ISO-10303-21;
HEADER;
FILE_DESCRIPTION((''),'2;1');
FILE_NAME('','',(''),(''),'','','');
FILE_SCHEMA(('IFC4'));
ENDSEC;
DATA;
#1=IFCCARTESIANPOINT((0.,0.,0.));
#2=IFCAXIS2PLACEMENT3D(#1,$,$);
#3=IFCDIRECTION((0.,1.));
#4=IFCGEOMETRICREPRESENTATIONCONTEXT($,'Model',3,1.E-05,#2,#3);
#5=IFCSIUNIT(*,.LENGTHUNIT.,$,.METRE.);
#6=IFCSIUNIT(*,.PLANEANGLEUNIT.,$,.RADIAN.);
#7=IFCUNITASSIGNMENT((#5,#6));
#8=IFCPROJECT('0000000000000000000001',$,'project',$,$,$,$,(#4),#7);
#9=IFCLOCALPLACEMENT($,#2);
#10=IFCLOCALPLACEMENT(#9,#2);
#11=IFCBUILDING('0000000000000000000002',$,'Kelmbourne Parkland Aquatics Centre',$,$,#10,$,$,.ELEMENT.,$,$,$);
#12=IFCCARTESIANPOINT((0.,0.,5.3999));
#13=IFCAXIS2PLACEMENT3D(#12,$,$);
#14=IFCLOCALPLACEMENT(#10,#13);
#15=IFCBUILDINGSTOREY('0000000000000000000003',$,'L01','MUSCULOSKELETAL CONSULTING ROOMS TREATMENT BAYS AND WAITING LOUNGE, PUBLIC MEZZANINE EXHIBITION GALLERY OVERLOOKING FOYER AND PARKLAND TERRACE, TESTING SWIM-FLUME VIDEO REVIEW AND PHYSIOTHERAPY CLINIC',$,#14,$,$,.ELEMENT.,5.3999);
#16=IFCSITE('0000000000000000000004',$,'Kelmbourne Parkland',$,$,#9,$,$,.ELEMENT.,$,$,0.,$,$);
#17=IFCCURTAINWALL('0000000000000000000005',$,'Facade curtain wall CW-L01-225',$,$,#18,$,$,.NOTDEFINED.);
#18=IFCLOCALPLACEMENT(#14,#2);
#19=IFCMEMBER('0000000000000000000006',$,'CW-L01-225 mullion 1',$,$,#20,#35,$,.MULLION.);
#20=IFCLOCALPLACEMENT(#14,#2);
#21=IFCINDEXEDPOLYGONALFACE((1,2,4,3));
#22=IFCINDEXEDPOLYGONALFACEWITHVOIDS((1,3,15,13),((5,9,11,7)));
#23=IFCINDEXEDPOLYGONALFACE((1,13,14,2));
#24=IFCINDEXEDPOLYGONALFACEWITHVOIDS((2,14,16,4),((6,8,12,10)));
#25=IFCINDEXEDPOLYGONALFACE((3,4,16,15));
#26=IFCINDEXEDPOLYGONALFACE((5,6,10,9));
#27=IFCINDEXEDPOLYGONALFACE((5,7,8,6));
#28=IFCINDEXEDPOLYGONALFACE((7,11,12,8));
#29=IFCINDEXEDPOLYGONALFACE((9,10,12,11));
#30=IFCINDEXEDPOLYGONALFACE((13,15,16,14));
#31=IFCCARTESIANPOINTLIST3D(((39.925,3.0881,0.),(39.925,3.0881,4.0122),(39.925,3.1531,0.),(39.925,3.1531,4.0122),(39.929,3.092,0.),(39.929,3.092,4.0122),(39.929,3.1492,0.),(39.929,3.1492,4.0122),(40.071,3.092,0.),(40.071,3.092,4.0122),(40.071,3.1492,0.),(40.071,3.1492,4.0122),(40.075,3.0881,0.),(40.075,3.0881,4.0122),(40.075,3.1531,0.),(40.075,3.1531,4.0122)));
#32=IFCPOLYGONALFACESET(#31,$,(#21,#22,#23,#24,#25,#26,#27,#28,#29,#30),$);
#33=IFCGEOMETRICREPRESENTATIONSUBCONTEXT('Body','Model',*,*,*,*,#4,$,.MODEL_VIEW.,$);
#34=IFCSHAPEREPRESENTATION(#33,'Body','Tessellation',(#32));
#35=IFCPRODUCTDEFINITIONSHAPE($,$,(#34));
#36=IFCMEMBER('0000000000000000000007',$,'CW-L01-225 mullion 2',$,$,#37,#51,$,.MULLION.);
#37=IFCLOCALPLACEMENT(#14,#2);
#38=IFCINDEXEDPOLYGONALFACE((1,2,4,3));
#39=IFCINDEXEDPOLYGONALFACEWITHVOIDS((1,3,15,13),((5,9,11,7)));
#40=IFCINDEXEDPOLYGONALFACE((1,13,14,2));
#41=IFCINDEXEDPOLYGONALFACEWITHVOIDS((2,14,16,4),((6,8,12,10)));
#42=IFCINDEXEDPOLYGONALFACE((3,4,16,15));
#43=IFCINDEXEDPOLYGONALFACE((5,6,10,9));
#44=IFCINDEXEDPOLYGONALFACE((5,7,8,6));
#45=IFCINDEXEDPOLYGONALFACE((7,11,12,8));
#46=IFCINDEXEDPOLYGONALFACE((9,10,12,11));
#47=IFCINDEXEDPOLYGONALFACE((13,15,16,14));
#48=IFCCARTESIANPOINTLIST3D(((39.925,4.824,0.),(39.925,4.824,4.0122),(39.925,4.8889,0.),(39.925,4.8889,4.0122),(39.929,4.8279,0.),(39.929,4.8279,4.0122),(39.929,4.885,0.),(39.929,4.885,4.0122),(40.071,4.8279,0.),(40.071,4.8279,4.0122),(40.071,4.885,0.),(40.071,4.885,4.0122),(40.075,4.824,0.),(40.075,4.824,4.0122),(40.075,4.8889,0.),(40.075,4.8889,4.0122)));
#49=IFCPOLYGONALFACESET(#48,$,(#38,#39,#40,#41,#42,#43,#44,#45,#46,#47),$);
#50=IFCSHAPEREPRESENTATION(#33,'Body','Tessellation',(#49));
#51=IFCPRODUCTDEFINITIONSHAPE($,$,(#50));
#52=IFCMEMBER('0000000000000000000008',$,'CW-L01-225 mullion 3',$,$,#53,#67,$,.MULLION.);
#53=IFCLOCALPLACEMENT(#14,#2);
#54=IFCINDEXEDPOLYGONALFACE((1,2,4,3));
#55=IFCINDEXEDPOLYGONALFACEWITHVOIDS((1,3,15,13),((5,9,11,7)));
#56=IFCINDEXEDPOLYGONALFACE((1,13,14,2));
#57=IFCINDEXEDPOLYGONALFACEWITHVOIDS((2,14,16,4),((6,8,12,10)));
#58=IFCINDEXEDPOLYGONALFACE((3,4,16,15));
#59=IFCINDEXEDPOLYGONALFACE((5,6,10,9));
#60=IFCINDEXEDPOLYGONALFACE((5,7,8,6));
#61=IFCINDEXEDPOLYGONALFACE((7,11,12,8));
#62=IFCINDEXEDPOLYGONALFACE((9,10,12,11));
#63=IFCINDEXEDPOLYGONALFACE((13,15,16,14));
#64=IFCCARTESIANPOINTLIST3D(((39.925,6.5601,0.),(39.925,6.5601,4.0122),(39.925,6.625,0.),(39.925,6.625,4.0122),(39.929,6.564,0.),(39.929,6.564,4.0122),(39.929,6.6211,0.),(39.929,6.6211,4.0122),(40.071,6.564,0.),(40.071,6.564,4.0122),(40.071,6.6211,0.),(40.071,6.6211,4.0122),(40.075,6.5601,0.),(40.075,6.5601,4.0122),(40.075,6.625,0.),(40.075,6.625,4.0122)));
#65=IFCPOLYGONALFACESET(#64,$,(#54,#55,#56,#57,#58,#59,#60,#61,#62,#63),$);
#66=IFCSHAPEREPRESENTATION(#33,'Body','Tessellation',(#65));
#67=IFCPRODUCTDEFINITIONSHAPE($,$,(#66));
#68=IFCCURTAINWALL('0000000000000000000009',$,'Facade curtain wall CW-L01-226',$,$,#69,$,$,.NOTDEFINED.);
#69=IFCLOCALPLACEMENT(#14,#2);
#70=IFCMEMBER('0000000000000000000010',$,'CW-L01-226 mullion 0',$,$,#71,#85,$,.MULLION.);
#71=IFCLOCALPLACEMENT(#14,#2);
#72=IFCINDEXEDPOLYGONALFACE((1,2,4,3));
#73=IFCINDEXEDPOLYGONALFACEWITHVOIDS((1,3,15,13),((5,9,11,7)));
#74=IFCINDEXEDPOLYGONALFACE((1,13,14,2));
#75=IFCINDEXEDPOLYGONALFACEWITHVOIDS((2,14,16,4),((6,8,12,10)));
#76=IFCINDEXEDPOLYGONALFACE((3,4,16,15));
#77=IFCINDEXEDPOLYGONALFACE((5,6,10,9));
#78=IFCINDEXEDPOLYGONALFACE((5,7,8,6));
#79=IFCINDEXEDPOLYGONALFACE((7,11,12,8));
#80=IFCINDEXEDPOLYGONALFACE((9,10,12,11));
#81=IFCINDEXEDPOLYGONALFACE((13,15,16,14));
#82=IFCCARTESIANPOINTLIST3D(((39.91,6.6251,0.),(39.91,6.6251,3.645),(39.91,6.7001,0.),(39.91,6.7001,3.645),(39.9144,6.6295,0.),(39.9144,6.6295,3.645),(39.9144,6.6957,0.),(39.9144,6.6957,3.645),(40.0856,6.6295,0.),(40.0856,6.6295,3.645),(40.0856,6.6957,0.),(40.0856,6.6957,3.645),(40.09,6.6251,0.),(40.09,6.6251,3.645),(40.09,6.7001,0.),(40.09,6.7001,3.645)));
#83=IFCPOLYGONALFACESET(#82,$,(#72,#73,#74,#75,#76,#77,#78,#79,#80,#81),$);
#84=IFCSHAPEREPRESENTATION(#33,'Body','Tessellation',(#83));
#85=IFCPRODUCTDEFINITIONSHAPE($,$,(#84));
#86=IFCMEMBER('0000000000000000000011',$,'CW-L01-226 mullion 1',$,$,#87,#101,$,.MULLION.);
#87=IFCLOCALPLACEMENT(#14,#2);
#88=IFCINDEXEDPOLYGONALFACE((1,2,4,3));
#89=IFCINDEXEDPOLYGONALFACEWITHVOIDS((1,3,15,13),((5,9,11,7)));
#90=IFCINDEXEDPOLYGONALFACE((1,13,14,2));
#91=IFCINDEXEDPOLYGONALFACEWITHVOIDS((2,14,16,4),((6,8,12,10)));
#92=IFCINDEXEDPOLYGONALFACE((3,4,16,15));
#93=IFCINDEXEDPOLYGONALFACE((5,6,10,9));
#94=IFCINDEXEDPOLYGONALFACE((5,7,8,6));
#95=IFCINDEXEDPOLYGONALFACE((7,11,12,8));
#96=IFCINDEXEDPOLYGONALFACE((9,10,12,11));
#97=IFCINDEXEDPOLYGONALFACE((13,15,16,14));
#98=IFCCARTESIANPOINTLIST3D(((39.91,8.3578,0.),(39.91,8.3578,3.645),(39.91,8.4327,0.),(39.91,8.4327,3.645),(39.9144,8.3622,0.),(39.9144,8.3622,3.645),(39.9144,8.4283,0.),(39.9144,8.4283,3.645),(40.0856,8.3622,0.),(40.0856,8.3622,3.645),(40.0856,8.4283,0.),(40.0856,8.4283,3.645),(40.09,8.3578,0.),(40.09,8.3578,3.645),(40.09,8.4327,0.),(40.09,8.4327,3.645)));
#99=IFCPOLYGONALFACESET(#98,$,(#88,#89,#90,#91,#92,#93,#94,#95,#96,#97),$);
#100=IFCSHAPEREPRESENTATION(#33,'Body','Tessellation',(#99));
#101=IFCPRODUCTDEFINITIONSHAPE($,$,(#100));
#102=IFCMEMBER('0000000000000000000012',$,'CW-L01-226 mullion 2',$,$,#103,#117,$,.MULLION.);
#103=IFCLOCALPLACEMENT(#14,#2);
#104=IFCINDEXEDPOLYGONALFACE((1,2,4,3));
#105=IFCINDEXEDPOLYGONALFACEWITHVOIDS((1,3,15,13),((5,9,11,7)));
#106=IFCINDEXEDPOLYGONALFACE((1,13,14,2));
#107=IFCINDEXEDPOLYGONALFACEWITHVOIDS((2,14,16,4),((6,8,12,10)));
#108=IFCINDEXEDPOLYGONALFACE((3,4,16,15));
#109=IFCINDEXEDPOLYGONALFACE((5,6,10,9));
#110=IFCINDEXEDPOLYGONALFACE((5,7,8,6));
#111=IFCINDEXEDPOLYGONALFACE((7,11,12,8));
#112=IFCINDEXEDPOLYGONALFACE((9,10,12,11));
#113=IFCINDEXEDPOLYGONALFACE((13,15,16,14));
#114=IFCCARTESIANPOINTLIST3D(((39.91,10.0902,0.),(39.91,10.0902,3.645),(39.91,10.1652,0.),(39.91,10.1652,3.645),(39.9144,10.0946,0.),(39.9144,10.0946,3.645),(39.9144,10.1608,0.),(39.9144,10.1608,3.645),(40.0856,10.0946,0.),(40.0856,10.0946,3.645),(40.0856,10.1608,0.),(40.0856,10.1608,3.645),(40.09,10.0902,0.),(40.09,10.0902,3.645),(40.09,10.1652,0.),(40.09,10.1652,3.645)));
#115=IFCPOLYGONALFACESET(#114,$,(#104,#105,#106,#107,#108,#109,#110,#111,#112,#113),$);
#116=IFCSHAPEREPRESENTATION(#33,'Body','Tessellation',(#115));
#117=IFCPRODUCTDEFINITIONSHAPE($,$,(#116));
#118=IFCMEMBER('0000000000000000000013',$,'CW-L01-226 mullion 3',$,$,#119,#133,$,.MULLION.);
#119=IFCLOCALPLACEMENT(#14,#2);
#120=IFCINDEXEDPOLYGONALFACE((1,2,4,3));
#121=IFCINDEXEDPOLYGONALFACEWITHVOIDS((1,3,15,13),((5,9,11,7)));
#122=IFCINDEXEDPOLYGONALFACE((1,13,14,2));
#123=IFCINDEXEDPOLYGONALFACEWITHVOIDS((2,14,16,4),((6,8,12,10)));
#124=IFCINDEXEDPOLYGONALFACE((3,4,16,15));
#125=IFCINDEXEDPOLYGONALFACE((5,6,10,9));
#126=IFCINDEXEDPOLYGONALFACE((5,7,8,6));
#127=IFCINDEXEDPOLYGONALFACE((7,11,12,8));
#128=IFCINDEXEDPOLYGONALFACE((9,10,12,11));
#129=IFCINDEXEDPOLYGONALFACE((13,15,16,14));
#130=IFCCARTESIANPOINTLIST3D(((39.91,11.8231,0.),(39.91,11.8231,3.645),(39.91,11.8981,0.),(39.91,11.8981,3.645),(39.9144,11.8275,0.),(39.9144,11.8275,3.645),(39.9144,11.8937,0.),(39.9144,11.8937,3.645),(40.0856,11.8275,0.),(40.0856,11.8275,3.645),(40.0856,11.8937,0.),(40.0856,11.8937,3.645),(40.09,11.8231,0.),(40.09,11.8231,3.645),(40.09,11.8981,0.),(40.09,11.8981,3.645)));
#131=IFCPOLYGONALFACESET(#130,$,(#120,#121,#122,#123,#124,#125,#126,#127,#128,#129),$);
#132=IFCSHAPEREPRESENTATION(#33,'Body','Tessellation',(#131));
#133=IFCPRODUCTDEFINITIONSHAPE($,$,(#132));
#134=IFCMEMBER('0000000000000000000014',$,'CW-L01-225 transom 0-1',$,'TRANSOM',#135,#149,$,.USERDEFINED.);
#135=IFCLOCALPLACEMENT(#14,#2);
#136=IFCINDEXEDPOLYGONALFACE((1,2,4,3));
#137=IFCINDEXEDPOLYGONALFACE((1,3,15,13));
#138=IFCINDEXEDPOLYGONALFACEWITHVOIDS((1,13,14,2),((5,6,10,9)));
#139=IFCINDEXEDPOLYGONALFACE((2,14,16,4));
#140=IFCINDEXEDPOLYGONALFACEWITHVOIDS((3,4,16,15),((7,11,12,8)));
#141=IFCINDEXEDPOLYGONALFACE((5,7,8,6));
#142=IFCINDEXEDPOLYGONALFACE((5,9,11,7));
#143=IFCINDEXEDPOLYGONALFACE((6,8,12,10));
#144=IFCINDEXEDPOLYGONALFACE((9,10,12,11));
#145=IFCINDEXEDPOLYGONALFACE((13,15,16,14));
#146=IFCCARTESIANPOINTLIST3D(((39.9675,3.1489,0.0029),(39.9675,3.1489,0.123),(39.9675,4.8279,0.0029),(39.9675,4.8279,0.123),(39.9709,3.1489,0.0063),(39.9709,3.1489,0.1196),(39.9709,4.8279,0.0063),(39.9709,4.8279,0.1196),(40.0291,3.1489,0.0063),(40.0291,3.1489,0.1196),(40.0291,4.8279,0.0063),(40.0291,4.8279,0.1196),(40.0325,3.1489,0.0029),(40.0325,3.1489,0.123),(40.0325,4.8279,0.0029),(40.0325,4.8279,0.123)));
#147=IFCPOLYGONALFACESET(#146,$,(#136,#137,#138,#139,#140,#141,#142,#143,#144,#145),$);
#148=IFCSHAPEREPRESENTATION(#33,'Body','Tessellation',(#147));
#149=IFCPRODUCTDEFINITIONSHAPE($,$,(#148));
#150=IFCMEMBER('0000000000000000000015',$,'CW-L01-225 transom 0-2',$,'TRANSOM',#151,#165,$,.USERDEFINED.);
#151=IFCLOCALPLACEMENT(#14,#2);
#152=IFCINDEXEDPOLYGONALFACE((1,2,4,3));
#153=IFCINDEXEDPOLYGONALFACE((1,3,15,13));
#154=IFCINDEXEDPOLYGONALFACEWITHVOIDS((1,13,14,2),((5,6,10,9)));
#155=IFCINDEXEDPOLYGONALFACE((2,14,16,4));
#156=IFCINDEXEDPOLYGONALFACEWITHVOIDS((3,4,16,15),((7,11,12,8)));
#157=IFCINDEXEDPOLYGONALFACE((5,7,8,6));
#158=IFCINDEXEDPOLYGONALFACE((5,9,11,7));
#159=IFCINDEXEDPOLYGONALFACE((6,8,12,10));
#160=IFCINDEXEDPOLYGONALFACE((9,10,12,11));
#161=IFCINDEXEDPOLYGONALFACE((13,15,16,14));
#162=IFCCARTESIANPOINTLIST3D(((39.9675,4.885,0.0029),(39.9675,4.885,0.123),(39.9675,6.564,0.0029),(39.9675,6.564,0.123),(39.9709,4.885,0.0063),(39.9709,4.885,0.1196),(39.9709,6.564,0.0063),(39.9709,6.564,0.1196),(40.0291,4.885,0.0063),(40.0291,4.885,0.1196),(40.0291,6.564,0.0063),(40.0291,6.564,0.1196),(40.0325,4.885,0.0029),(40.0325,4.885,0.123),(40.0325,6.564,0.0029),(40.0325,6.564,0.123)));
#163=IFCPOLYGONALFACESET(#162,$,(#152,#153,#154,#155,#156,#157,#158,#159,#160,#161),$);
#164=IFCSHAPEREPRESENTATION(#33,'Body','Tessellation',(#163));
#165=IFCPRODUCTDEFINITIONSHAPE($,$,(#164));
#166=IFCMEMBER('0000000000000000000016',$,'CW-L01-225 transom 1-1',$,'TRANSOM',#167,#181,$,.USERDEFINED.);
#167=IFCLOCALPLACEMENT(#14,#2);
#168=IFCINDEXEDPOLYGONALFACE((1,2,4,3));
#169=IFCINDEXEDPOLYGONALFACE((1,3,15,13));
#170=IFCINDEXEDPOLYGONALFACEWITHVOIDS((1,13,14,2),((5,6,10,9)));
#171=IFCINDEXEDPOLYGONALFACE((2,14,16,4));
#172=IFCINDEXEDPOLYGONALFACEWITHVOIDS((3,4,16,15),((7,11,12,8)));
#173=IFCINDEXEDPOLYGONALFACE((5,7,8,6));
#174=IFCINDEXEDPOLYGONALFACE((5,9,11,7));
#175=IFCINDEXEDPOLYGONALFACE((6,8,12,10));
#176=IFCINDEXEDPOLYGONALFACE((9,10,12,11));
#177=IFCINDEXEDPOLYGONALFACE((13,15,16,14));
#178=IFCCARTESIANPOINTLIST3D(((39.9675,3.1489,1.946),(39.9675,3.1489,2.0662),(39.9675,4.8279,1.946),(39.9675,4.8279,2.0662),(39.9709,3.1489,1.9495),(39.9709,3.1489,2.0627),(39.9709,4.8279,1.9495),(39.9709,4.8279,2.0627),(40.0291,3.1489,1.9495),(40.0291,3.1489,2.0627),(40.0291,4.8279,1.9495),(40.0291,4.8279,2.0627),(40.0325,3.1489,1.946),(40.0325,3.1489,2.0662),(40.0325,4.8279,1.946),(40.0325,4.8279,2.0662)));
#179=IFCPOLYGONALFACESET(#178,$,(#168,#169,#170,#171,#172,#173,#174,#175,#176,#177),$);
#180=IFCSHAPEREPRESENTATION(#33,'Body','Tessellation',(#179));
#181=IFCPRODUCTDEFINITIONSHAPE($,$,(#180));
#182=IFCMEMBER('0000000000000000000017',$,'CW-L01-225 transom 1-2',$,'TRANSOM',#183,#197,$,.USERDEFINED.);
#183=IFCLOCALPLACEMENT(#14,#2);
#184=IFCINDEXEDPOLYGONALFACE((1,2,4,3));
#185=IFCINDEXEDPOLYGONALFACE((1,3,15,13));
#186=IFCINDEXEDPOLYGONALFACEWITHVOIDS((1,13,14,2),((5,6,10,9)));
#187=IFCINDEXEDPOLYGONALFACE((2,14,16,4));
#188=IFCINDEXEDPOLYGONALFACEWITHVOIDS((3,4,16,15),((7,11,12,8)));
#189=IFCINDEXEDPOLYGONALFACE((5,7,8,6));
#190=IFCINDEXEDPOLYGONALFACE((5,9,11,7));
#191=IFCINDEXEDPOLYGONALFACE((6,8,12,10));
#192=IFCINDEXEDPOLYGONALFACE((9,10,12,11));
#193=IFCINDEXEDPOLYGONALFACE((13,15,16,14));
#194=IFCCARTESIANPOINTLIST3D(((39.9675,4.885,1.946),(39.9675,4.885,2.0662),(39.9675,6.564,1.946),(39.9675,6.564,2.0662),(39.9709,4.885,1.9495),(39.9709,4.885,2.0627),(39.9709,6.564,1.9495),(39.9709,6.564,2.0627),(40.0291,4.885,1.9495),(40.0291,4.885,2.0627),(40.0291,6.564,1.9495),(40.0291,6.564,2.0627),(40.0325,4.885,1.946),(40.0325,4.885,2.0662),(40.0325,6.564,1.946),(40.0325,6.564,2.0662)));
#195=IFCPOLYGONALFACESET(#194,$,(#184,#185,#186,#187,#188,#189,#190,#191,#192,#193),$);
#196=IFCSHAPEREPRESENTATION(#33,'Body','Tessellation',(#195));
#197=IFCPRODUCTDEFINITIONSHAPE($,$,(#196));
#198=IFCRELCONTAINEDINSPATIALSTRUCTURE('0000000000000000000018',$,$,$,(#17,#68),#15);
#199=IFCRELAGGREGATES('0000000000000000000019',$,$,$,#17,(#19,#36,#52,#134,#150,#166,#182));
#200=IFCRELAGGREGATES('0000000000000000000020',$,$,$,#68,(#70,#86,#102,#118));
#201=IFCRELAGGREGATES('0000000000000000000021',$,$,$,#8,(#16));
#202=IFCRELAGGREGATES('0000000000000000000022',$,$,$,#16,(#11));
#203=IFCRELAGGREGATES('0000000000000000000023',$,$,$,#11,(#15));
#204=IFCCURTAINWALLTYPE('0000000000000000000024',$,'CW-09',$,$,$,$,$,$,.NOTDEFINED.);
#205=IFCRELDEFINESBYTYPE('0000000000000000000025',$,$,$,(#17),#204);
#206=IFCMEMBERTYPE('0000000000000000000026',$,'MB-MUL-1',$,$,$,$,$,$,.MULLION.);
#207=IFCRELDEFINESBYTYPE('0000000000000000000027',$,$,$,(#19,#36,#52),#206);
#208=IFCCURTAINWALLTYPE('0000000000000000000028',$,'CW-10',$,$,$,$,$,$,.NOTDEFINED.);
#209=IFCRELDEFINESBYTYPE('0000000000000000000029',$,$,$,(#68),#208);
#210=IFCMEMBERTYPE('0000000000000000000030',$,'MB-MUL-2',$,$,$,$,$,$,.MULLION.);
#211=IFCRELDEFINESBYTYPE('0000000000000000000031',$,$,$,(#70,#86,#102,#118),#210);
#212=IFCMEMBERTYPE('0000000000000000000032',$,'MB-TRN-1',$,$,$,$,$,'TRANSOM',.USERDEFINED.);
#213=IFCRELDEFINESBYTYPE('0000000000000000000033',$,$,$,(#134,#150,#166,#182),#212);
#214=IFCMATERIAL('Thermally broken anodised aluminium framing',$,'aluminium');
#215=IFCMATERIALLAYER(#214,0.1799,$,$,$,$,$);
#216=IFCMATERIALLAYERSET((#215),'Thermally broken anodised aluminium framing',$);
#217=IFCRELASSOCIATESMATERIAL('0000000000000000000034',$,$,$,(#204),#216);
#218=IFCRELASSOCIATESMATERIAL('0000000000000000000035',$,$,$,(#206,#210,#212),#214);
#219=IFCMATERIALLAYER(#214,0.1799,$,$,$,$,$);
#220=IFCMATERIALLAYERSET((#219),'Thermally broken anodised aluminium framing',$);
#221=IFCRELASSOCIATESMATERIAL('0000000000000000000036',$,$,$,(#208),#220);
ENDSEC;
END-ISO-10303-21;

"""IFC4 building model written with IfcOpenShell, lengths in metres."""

from ifc_helpers import new_model, si_unit, direction, frame, origin, origin_2d, place, context, subcontext, project, spatial, hollow_rectangle, extrude, material, layer, layer_set, material_profile, profile_set, type_object, element, aggregate, save


model = new_model("IFC4")

# Units and contexts
model_context = context("Model", 3, precision=1e-05, world=origin(), true_north=direction((0.0, 1.0)))
body_context = subcontext(model_context, "Body", "Model", "MODEL_VIEW")
ifc_project = project(units=[si_unit("LENGTHUNIT", "METRE"), si_unit("PLANEANGLEUNIT", "RADIAN")], contexts=[model_context])

# Site, building, storey
site_placement = place(None, origin())
site = spatial("IfcSite", under=ifc_project, at=site_placement, Name="Kelmbourne Parkland", CompositionType="ELEMENT", RefElevation=0.0)
building_placement = place(site_placement, origin())
building = spatial("IfcBuilding", under=site, at=building_placement, Name="Kelmbourne Parkland Aquatics Centre", CompositionType="ELEMENT")
storey_placement = place(building_placement, frame((0.0, 0.0, 5.3999)))
storey = spatial("IfcBuildingStorey", under=building, at=storey_placement, Name="L01", Description="MUSCULOSKELETAL CONSULTING ROOMS TREATMENT BAYS AND WAITING LOUNGE, PUBLIC MEZZANINE EXHIBITION GALLERY OVERLOOKING FOYER AND PARKLAND TERRACE, TESTING SWIM-FLUME VIDEO REVIEW AND PHYSIOTHERAPY CLINIC", CompositionType="ELEMENT", Elevation=5.3999)

# Curtain walls, members
ifc_material_1 = material(Name="Thermally broken anodised aluminium framing", Category="aluminium")
ifc_layer_1 = layer(ifc_material_1, 0.1799)
ifc_layer_set_1 = layer_set([ifc_layer_1], Name="Thermally broken anodised aluminium framing")
curtain_wall_type_1 = type_object("IfcCurtainWallType", Name="CW-09", PredefinedType="NOTDEFINED", material=ifc_layer_set_1)
curtain_wall_1_placement = place(storey_placement, origin())
curtain_wall_1 = element("IfcCurtainWall", 1, at=curtain_wall_1_placement, inside=storey, type_object=curtain_wall_type_1, Name="Facade curtain wall CW-L01-225", PredefinedType="NOTDEFINED")
ifc_material_profile_1 = material_profile(ifc_material_1, hollow_rectangle(XDim=0.0649, YDim=0.1499, WallThickness=0.0039, at=origin_2d()), Name="CW-M 65x150")
ifc_profile_set_1 = profile_set([ifc_material_profile_1], Name="Thermally broken anodised aluminium framing")
member_type_1 = type_object("IfcMemberType", Name="MB-MUL-1", PredefinedType="MULLION", material=ifc_profile_set_1)
member_1_placement = place(storey_placement, frame((40.0, 3.1206, 0.0), z_axis=(0.0, 0.0, 1.0), x_axis=(0.0, 1.0, 0.0)))
member_1 = element("IfcMember", 2, at=member_1_placement, type_object=member_type_1, Name="CW-L01-225 mullion 1", PredefinedType="MULLION", context=body_context, shape_type="SweptSolid", body=[
    extrude(hollow_rectangle(XDim=0.0649, YDim=0.1499, WallThickness=0.0039, at=origin_2d()), origin(), (0.0, 0.0, 1.0), 4.0122),
])
member_2_placement = place(storey_placement, frame((40.0, 4.8564, 0.0), z_axis=(0.0, 0.0, 1.0), x_axis=(0.0, 1.0, 0.0)))
member_2 = element("IfcMember", 3, at=member_2_placement, type_object=member_type_1, Name="CW-L01-225 mullion 2", PredefinedType="MULLION", context=body_context, shape_type="SweptSolid", body=[
    extrude(hollow_rectangle(XDim=0.0649, YDim=0.1499, WallThickness=0.0039, at=origin_2d()), origin(), (0.0, 0.0, 1.0), 4.0122),
])
member_3_placement = place(storey_placement, frame((40.0, 6.5925, 0.0), z_axis=(0.0, 0.0, 1.0), x_axis=(0.0, 1.0, 0.0)))
member_3 = element("IfcMember", 4, at=member_3_placement, type_object=member_type_1, Name="CW-L01-225 mullion 3", PredefinedType="MULLION", context=body_context, shape_type="SweptSolid", body=[
    extrude(hollow_rectangle(XDim=0.0649, YDim=0.1499, WallThickness=0.0039, at=origin_2d()), origin(), (0.0, 0.0, 1.0), 4.0122),
])
ifc_layer_2 = layer(ifc_material_1, 0.1799)
ifc_layer_set_2 = layer_set([ifc_layer_2], Name="Thermally broken anodised aluminium framing")
curtain_wall_type_2 = type_object("IfcCurtainWallType", Name="CW-10", PredefinedType="NOTDEFINED", material=ifc_layer_set_2)
curtain_wall_2_placement = place(storey_placement, origin())
curtain_wall_2 = element("IfcCurtainWall", 5, at=curtain_wall_2_placement, inside=storey, type_object=curtain_wall_type_2, Name="Facade curtain wall CW-L01-226", PredefinedType="NOTDEFINED")
ifc_material_profile_2 = material_profile(ifc_material_1, hollow_rectangle(XDim=0.075, YDim=0.1799, WallThickness=0.0044, at=origin_2d()), Name="CW-M 75x180")
ifc_profile_set_2 = profile_set([ifc_material_profile_2], Name="Thermally broken anodised aluminium framing")
member_type_2 = type_object("IfcMemberType", Name="MB-MUL-2", PredefinedType="MULLION", material=ifc_profile_set_2)
member_4_placement = place(storey_placement, frame((40.0, 6.6626, 0.0), z_axis=(0.0, 0.0, 1.0), x_axis=(0.0, 1.0, 0.0)))
member_4 = element("IfcMember", 6, at=member_4_placement, type_object=member_type_2, Name="CW-L01-226 mullion 0", PredefinedType="MULLION", context=body_context, shape_type="SweptSolid", body=[
    extrude(hollow_rectangle(XDim=0.075, YDim=0.1799, WallThickness=0.0044, at=origin_2d()), origin(), (0.0, 0.0, 1.0), 3.645),
])
member_5_placement = place(storey_placement, frame((40.0, 8.3953, 0.0), z_axis=(0.0, 0.0, 1.0), x_axis=(0.0, 1.0, 0.0)))
member_5 = element("IfcMember", 7, at=member_5_placement, type_object=member_type_2, Name="CW-L01-226 mullion 1", PredefinedType="MULLION", context=body_context, shape_type="SweptSolid", body=[
    extrude(hollow_rectangle(XDim=0.075, YDim=0.1799, WallThickness=0.0044, at=origin_2d()), origin(), (0.0, 0.0, 1.0), 3.645),
])
member_6_placement = place(storey_placement, frame((40.0, 10.1277, 0.0), z_axis=(0.0, 0.0, 1.0), x_axis=(0.0, 1.0, 0.0)))
member_6 = element("IfcMember", 8, at=member_6_placement, type_object=member_type_2, Name="CW-L01-226 mullion 2", PredefinedType="MULLION", context=body_context, shape_type="SweptSolid", body=[
    extrude(hollow_rectangle(XDim=0.075, YDim=0.1799, WallThickness=0.0044, at=origin_2d()), origin(), (0.0, 0.0, 1.0), 3.645),
])
member_7_placement = place(storey_placement, frame((40.0, 11.8606, 0.0), z_axis=(0.0, 0.0, 1.0), x_axis=(0.0, 1.0, 0.0)))
member_7 = element("IfcMember", 9, at=member_7_placement, type_object=member_type_2, Name="CW-L01-226 mullion 3", PredefinedType="MULLION", context=body_context, shape_type="SweptSolid", body=[
    extrude(hollow_rectangle(XDim=0.075, YDim=0.1799, WallThickness=0.0044, at=origin_2d()), origin(), (0.0, 0.0, 1.0), 3.645),
])

# Members
ifc_material_profile_3 = material_profile(ifc_material_1, hollow_rectangle(XDim=0.0649, YDim=0.1201, WallThickness=0.0034, at=origin_2d()), Name="CW-T 65x120")
ifc_profile_set_3 = profile_set([ifc_material_profile_3], Name="Thermally broken anodised aluminium framing")
member_type_3 = type_object("IfcMemberType", Name="MB-TRN-1", ElementType="TRANSOM", PredefinedType="USERDEFINED", material=ifc_profile_set_3)
member_8_placement = place(storey_placement, frame((40.0, 3.1489, 0.063), z_axis=(0.0, 1.0, 0.0), x_axis=(-1.0, 0.0, 0.0)))
member_8 = element("IfcMember", 10, at=member_8_placement, type_object=member_type_3, Name="CW-L01-225 transom 0-1", ObjectType="TRANSOM", PredefinedType="USERDEFINED", context=body_context, shape_type="SweptSolid", body=[
    extrude(hollow_rectangle(XDim=0.0649, YDim=0.1201, WallThickness=0.0034, at=origin_2d()), origin(), (0.0, 0.0, 1.0), 1.679),
])
member_9_placement = place(storey_placement, frame((40.0, 4.885, 0.063), z_axis=(0.0, 1.0, 0.0), x_axis=(-1.0, 0.0, 0.0)))
member_9 = element("IfcMember", 11, at=member_9_placement, type_object=member_type_3, Name="CW-L01-225 transom 0-2", ObjectType="TRANSOM", PredefinedType="USERDEFINED", context=body_context, shape_type="SweptSolid", body=[
    extrude(hollow_rectangle(XDim=0.0649, YDim=0.1201, WallThickness=0.0034, at=origin_2d()), origin(), (0.0, 0.0, 1.0), 1.679),
])
member_10_placement = place(storey_placement, frame((40.0, 3.1489, 2.0061), z_axis=(0.0, 1.0, 0.0), x_axis=(-1.0, 0.0, 0.0)))
member_10 = element("IfcMember", 12, at=member_10_placement, type_object=member_type_3, Name="CW-L01-225 transom 1-1", ObjectType="TRANSOM", PredefinedType="USERDEFINED", context=body_context, shape_type="SweptSolid", body=[
    extrude(hollow_rectangle(XDim=0.0649, YDim=0.1201, WallThickness=0.0034, at=origin_2d()), origin(), (0.0, 0.0, 1.0), 1.679),
])
member_11_placement = place(storey_placement, frame((40.0, 4.885, 2.0061), z_axis=(0.0, 1.0, 0.0), x_axis=(-1.0, 0.0, 0.0)))
member_11 = element("IfcMember", 13, at=member_11_placement, type_object=member_type_3, Name="CW-L01-225 transom 1-2", ObjectType="TRANSOM", PredefinedType="USERDEFINED", context=body_context, shape_type="SweptSolid", body=[
    extrude(hollow_rectangle(XDim=0.0649, YDim=0.1201, WallThickness=0.0034, at=origin_2d()), origin(), (0.0, 0.0, 1.0), 1.679),
])

aggregate(curtain_wall_1, [member_1, member_2, member_3, member_8, member_9, member_10, member_11])
aggregate(curtain_wall_2, [member_4, member_5, member_6, member_7])

save(model, "model.ifc")
